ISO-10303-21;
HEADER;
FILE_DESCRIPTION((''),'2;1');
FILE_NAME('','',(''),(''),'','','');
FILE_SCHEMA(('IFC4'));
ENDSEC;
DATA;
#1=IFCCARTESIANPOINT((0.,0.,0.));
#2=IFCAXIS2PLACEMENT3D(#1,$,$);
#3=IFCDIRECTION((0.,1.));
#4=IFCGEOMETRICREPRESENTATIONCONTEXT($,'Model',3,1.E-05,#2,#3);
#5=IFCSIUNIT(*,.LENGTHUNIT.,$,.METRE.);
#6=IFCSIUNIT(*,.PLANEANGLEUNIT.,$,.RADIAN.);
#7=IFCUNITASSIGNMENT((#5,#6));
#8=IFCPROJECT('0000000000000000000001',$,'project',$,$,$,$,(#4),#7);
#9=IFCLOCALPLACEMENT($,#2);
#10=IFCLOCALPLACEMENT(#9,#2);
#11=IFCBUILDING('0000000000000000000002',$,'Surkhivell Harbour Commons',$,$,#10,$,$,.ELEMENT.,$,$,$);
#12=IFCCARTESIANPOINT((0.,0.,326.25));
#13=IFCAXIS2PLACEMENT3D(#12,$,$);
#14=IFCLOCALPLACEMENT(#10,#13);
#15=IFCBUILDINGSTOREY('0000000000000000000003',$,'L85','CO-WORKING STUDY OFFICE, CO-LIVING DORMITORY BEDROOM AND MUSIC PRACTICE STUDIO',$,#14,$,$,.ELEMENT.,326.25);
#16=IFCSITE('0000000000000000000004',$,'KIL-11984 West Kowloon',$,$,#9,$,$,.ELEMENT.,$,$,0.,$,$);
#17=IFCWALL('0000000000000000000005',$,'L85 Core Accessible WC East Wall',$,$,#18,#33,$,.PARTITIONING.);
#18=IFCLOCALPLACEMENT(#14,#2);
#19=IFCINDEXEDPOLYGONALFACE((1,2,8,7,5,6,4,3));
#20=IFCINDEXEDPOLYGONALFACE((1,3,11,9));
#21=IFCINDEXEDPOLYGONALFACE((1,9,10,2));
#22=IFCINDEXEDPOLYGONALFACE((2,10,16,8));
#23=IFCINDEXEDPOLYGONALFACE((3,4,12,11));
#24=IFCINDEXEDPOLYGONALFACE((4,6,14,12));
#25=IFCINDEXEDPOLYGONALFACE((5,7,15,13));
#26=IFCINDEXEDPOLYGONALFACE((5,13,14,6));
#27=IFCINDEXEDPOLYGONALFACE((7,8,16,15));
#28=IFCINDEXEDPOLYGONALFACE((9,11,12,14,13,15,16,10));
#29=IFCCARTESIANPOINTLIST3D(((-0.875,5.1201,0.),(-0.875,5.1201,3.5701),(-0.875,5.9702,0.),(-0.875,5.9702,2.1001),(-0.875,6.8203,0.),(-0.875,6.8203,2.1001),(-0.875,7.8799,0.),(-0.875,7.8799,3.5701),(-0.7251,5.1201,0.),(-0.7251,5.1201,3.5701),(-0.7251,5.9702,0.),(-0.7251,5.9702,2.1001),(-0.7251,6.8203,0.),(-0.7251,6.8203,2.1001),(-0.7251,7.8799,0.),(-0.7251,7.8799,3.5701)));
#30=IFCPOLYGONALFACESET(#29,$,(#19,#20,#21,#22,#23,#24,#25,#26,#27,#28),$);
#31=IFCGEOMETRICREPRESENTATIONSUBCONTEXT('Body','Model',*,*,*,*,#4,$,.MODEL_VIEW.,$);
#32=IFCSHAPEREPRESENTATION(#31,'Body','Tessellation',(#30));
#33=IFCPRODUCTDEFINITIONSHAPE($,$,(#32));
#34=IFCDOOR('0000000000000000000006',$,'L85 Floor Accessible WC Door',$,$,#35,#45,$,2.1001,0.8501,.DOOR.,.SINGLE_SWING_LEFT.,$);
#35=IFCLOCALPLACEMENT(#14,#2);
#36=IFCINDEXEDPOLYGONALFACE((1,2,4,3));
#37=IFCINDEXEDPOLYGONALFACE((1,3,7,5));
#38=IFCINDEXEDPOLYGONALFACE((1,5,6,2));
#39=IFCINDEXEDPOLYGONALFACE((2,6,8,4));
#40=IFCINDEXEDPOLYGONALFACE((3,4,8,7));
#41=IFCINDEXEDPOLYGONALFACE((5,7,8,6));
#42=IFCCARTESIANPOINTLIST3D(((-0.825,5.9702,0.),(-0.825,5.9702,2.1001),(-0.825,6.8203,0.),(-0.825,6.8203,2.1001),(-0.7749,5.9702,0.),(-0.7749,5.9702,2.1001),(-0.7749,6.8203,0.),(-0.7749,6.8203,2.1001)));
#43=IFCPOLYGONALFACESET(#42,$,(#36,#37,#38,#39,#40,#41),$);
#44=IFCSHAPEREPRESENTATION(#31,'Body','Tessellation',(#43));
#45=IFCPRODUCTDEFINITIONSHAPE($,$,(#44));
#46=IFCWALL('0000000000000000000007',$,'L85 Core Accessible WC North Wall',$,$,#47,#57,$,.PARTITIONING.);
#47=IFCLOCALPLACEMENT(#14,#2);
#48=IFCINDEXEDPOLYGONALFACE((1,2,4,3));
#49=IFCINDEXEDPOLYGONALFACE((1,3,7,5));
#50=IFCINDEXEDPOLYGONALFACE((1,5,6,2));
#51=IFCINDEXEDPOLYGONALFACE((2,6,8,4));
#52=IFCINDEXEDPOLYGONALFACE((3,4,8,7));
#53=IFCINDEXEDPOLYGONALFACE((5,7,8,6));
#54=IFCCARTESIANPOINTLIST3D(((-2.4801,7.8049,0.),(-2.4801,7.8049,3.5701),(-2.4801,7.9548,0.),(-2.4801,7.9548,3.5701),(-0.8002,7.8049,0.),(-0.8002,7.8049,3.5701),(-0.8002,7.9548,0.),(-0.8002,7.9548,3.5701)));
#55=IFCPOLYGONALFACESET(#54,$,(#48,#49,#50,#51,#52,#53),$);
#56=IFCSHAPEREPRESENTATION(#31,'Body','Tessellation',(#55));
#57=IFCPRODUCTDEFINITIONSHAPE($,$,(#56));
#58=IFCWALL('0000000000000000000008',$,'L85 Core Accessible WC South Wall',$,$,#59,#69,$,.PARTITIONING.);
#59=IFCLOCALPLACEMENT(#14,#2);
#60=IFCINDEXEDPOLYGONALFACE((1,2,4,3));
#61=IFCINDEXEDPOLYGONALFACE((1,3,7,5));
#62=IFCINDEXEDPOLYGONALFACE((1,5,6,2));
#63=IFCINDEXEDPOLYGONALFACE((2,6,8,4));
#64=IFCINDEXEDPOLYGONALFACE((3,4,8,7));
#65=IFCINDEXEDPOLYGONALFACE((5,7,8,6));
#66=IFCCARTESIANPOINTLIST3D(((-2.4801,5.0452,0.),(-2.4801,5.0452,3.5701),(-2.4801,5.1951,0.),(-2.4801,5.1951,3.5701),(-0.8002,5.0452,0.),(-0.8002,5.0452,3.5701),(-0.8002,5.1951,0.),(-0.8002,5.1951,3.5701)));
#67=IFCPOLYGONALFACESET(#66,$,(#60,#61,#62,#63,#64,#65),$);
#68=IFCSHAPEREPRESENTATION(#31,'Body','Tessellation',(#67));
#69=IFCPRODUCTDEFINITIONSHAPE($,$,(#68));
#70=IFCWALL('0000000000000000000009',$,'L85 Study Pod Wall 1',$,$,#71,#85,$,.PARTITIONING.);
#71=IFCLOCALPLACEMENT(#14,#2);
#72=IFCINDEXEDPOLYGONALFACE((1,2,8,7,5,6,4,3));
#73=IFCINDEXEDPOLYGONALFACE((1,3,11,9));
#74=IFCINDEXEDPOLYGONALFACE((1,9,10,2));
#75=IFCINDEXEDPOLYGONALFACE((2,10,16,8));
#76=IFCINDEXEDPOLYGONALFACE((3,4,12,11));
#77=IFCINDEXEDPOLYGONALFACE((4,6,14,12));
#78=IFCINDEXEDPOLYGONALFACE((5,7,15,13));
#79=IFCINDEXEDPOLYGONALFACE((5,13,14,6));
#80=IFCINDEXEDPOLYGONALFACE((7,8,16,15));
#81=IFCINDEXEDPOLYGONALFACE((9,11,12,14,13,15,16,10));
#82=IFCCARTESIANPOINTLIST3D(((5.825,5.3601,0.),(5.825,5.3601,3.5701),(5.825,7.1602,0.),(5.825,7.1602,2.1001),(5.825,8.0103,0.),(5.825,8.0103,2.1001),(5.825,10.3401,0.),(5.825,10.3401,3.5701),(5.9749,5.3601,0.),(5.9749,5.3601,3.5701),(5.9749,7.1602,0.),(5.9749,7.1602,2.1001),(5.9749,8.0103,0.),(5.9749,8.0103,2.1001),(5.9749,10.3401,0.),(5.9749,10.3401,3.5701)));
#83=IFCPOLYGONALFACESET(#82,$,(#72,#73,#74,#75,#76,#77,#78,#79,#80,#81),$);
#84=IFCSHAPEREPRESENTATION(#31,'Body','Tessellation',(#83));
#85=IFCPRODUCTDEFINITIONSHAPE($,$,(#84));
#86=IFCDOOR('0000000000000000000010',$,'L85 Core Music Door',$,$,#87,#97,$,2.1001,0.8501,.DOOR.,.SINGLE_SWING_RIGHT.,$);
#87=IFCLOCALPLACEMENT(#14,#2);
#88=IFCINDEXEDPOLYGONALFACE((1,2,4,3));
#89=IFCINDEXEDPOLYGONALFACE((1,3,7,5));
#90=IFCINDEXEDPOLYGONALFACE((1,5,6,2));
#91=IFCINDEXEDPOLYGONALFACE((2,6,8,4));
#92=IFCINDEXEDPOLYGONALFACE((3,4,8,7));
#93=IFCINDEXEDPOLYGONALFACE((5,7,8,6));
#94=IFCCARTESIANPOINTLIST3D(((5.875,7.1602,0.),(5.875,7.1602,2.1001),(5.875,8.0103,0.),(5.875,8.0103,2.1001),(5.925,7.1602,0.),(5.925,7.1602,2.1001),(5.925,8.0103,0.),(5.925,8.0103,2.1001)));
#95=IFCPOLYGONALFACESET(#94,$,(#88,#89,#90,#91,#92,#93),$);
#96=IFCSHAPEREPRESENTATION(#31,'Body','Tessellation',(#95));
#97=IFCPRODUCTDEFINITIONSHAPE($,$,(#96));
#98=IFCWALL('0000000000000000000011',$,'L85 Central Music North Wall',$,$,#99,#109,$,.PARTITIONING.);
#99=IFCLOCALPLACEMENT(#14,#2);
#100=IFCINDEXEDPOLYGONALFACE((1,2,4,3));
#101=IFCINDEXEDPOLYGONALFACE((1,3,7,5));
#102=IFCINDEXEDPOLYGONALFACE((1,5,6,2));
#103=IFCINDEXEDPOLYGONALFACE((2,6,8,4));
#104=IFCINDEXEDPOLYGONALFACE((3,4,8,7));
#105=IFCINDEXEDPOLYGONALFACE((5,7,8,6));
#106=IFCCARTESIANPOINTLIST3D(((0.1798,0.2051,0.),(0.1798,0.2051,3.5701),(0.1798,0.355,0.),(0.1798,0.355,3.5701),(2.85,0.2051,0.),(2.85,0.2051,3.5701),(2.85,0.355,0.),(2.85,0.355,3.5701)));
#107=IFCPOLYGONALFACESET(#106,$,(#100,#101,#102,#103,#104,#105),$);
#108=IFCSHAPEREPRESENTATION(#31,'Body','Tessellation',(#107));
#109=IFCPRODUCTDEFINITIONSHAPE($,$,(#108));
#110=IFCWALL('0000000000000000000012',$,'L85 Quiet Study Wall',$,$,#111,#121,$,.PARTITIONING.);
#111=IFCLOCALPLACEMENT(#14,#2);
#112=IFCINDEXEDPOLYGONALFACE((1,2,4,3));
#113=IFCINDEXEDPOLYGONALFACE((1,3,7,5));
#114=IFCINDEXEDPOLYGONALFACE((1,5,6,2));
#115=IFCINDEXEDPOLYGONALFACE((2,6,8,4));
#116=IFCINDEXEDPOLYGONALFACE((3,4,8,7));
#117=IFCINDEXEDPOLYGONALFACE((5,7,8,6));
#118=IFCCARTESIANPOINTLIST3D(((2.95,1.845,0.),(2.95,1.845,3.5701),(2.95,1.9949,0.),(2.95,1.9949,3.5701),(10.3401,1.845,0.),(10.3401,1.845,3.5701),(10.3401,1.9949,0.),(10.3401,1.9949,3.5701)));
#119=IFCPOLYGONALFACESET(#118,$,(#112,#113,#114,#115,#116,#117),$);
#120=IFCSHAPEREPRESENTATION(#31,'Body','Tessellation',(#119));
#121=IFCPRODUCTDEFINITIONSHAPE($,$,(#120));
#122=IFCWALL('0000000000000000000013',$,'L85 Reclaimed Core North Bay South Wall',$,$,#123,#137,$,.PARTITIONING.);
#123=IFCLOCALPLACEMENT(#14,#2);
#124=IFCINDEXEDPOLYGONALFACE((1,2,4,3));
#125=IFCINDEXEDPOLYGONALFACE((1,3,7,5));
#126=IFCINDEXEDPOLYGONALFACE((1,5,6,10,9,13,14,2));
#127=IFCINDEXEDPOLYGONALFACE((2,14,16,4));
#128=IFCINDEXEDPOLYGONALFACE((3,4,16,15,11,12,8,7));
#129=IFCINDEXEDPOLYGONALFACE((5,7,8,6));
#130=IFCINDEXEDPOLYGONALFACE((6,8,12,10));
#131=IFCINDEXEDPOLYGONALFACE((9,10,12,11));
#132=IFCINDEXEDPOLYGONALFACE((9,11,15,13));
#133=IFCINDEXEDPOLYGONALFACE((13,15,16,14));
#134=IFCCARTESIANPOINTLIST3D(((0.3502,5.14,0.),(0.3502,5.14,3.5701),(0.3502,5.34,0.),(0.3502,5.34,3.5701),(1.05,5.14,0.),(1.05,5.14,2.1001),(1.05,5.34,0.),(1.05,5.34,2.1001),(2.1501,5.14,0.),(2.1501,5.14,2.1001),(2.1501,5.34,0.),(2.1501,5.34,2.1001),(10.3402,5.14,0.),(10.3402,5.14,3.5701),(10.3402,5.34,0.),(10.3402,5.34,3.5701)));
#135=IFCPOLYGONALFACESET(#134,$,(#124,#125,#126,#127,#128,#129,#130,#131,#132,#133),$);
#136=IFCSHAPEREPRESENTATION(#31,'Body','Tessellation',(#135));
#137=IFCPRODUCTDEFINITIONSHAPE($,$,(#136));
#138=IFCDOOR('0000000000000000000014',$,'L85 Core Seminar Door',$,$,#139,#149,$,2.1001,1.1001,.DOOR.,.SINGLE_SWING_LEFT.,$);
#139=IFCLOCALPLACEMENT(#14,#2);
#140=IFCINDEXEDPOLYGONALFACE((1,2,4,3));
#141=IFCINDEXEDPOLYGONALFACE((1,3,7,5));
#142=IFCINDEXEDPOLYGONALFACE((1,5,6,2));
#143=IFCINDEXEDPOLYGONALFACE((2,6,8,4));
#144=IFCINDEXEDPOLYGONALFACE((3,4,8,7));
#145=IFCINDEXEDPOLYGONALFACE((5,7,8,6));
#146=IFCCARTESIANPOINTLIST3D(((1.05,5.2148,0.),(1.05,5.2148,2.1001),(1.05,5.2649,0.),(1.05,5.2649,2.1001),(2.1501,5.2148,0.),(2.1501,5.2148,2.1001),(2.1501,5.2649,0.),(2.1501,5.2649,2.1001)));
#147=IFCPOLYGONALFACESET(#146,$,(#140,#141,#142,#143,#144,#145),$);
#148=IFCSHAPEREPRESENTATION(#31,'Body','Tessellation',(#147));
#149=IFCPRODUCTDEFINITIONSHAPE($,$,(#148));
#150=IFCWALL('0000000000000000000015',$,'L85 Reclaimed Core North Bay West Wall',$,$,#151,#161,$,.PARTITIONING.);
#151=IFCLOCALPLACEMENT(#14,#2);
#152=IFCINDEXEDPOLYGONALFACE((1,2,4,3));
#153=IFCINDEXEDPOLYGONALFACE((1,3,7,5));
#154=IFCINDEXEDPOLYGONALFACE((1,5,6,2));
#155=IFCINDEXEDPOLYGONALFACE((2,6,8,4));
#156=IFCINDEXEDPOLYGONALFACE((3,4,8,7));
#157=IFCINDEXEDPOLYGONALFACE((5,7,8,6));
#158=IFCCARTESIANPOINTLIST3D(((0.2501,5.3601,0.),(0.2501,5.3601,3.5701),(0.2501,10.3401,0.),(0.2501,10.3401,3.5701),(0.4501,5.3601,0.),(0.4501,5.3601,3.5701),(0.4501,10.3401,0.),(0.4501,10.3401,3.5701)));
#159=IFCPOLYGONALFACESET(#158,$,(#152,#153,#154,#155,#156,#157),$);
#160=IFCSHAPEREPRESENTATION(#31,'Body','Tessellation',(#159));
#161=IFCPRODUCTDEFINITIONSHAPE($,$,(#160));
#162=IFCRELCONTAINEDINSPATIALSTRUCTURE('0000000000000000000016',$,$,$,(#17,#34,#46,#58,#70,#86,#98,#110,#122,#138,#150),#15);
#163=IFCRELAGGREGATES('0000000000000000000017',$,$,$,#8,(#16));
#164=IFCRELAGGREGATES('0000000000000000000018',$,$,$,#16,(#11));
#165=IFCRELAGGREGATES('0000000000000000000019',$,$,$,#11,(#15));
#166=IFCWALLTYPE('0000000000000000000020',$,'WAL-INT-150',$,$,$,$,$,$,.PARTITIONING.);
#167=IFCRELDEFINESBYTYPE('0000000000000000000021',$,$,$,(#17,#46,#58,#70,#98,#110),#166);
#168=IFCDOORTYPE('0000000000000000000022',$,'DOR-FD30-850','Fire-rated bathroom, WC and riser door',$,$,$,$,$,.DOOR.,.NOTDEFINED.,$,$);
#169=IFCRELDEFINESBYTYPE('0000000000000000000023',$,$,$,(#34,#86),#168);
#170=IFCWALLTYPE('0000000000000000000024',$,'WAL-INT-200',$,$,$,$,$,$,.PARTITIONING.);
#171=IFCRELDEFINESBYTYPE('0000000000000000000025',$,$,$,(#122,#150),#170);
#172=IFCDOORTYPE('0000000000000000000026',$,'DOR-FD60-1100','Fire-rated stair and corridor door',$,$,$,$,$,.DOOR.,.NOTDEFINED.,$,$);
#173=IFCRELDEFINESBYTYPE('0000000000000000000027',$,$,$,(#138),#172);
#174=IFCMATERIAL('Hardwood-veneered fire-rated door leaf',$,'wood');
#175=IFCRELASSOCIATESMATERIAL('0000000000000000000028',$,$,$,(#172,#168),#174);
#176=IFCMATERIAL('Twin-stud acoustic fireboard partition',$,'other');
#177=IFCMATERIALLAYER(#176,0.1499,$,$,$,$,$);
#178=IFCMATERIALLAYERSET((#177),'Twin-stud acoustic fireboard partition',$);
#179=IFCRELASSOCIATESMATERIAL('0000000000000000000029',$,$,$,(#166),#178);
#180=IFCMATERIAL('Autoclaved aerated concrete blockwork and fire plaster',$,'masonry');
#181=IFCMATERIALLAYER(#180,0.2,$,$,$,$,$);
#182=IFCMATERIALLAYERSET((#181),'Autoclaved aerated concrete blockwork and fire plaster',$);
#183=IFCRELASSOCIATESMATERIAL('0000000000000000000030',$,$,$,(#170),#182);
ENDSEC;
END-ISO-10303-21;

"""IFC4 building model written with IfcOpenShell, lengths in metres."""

from ifc_helpers import new_model, si_unit, direction, frame, frame_2d, origin, place, context, subcontext, project, spatial, rectangle, extrude, material, layer, layer_set, type_object, element, fill, save


model = new_model("IFC4")

# Units and contexts
model_context = context("Model", 3, precision=1e-05, world=origin(), true_north=direction((0.0, 1.0)))
body_context = subcontext(model_context, "Body", "Model", "MODEL_VIEW")
ifc_project = project(units=[si_unit("LENGTHUNIT", "METRE"), si_unit("PLANEANGLEUNIT", "RADIAN")], contexts=[model_context])

# Site, building, storey
site_placement = place(None, origin())
site = spatial("IfcSite", under=ifc_project, at=site_placement, Name="KIL-11984 West Kowloon", CompositionType="ELEMENT", RefElevation=0.0)
building_placement = place(site_placement, origin())
building = spatial("IfcBuilding", under=site, at=building_placement, Name="Surkhivell Harbour Commons", CompositionType="ELEMENT")
storey_placement = place(building_placement, frame((0.0, 0.0, 326.25)))
storey = spatial("IfcBuildingStorey", under=building, at=storey_placement, Name="L85", Description="CO-WORKING STUDY OFFICE, CO-LIVING DORMITORY BEDROOM AND MUSIC PRACTICE STUDIO", CompositionType="ELEMENT", Elevation=326.25)

# Shared definitions
ifc_material_1 = material(Name="Hardwood-veneered fire-rated door leaf", Category="wood")
door_type_1 = type_object("IfcDoorType", Name="DOR-FD60-1100", Description="Fire-rated stair and corridor door", OperationType="NOTDEFINED", PredefinedType="DOOR", material=ifc_material_1)

# Wall, opening, door
ifc_material_2 = material(Name="Twin-stud acoustic fireboard partition", Category="other")
ifc_layer_1 = layer(ifc_material_2, 0.1499)
ifc_layer_set_1 = layer_set([ifc_layer_1], Name="Twin-stud acoustic fireboard partition")
wall_type_1 = type_object("IfcWallType", Name="WAL-INT-150", PredefinedType="PARTITIONING", material=ifc_layer_set_1)
wall_1_placement = place(storey_placement, frame((-0.8, 5.1201, 0.0), z_axis=(0.0, 0.0, 1.0), x_axis=(0.0, 1.0, 0.0)))
wall_1 = element("IfcWall", 1, at=wall_1_placement, inside=storey, type_object=wall_type_1, Name="L85 Core Accessible WC East Wall", PredefinedType="PARTITIONING", context=body_context, shape_type="SweptSolid", body=[
    extrude(rectangle(XDim=2.7598, YDim=0.1499, at=frame_2d((1.3799, 0.0))), origin(), (0.0, 0.0, 1.0), 3.5701),
])
opening_1_placement = place(wall_1_placement, frame((0.8501, 0.0, 0.0)))
opening_1 = element("IfcOpeningElement", 2, at=opening_1_placement, cuts=wall_1, PredefinedType="OPENING", context=body_context, shape_type="SweptSolid", body=[
    extrude(rectangle(XDim=0.8501, YDim=2.1001, at=frame_2d((0.425, 1.05))), frame((0.0, 0.085, 0.0), z_axis=(0.0, -1.0, 0.0), x_axis=(1.0, 0.0, 0.0)), (0.0, 0.0, 1.0), 0.1699),
])
door_type_2 = type_object("IfcDoorType", Name="DOR-FD30-850", Description="Fire-rated bathroom, WC and riser door", OperationType="NOTDEFINED", PredefinedType="DOOR", material=ifc_material_1)
door_1_placement = place(opening_1_placement, origin())
door_1 = element("IfcDoor", 3, at=door_1_placement, inside=storey, type_object=door_type_2, Name="L85 Floor Accessible WC Door", OperationType="SINGLE_SWING_LEFT", OverallHeight=2.1001, OverallWidth=0.8501, PredefinedType="DOOR", context=body_context, shape_type="SweptSolid", body=[
    extrude(rectangle(XDim=0.8501, YDim=2.1001, at=frame_2d((0.425, 1.05))), frame((0.0, 0.0249, 0.0), z_axis=(0.0, -1.0, 0.0), x_axis=(1.0, 0.0, 0.0)), (0.0, 0.0, 1.0), 0.05),
])
fill(opening_1, door_1)

# Walls
for number, where, z_axis, x_axis, name in (
    (4, (-2.48, 7.8799, 0.0), (0.0, 0.0, 1.0), (1.0, 0.0, 0.0), "L85 Core Accessible WC North Wall"),
    (5, (-2.48, 5.1201, 0.0), (0.0, 0.0, 1.0), (1.0, 0.0, 0.0), "L85 Core Accessible WC South Wall"),
):
    element("IfcWall", number, at=place(storey_placement, frame(where, z_axis=z_axis, x_axis=x_axis)), inside=storey, type_object=wall_type_1, Name=name, PredefinedType="PARTITIONING", context=body_context, shape_type="SweptSolid", body=[
        extrude(rectangle(XDim=1.6799, YDim=0.1499, at=frame_2d((0.8398, 0.0))), origin(), (0.0, 0.0, 1.0), 3.5701),
    ])

# Wall, opening, door
wall_2_placement = place(storey_placement, frame((5.8999, 5.3601, 0.0), z_axis=(0.0, 0.0, 1.0), x_axis=(0.0, 1.0, 0.0)))
wall_2 = element("IfcWall", 6, at=wall_2_placement, inside=storey, type_object=wall_type_1, Name="L85 Study Pod Wall 1", PredefinedType="PARTITIONING", context=body_context, shape_type="SweptSolid", body=[
    extrude(rectangle(XDim=4.98, YDim=0.1499, at=frame_2d((2.49, 0.0))), origin(), (0.0, 0.0, 1.0), 3.5701),
])
opening_2_placement = place(wall_2_placement, frame((1.8, 0.0, 0.0)))
opening_2 = element("IfcOpeningElement", 7, at=opening_2_placement, cuts=wall_2, PredefinedType="OPENING", context=body_context, shape_type="SweptSolid", body=[
    extrude(rectangle(XDim=0.8501, YDim=2.1001, at=frame_2d((0.425, 1.05))), frame((0.0, 0.085, 0.0), z_axis=(0.0, -1.0, 0.0), x_axis=(1.0, 0.0, 0.0)), (0.0, 0.0, 1.0), 0.1699),
])
door_2_placement = place(opening_2_placement, origin())
door_2 = element("IfcDoor", 8, at=door_2_placement, inside=storey, type_object=door_type_2, Name="L85 Core Music Door", OperationType="SINGLE_SWING_RIGHT", OverallHeight=2.1001, OverallWidth=0.8501, PredefinedType="DOOR", context=body_context, shape_type="SweptSolid", body=[
    extrude(rectangle(XDim=0.8501, YDim=2.1001, at=frame_2d((0.425, 1.05))), frame((0.0, 0.0249, 0.0), z_axis=(0.0, -1.0, 0.0), x_axis=(1.0, 0.0, 0.0)), (0.0, 0.0, 1.0), 0.05),
])
fill(opening_2, door_2)

# Walls
wall_3_placement = place(storey_placement, frame((0.1799, 0.28, 0.0), z_axis=(0.0, 0.0, 1.0), x_axis=(1.0, 0.0, 0.0)))
element("IfcWall", 9, at=wall_3_placement, inside=storey, type_object=wall_type_1, Name="L85 Central Music North Wall", PredefinedType="PARTITIONING", context=body_context, shape_type="SweptSolid", body=[
    extrude(rectangle(XDim=2.6702, YDim=0.1499, at=frame_2d((1.335, 0.0))), origin(), (0.0, 0.0, 1.0), 3.5701),
])
wall_4_placement = place(storey_placement, frame((2.95, 1.9199, 0.0), z_axis=(0.0, 0.0, 1.0), x_axis=(1.0, 0.0, 0.0)))
element("IfcWall", 10, at=wall_4_placement, inside=storey, type_object=wall_type_1, Name="L85 Quiet Study Wall", PredefinedType="PARTITIONING", context=body_context, shape_type="SweptSolid", body=[
    extrude(rectangle(XDim=7.3901, YDim=0.1499, at=frame_2d((3.6951, 0.0))), origin(), (0.0, 0.0, 1.0), 3.5701),
])

# Wall, opening, door
ifc_material_3 = material(Name="Autoclaved aerated concrete blockwork and fire plaster", Category="masonry")
ifc_layer_2 = layer(ifc_material_3, 0.2)
ifc_layer_set_2 = layer_set([ifc_layer_2], Name="Autoclaved aerated concrete blockwork and fire plaster")
wall_type_2 = type_object("IfcWallType", Name="WAL-INT-200", PredefinedType="PARTITIONING", material=ifc_layer_set_2)
wall_5_placement = place(storey_placement, frame((0.3501, 5.24, 0.0), z_axis=(0.0, 0.0, 1.0), x_axis=(1.0, 0.0, 0.0)))
wall_5 = element("IfcWall", 11, at=wall_5_placement, inside=storey, type_object=wall_type_2, Name="L85 Reclaimed Core North Bay South Wall", PredefinedType="PARTITIONING", context=body_context, shape_type="SweptSolid", body=[
    extrude(rectangle(XDim=9.99, YDim=0.2, at=frame_2d((4.9951, 0.0))), origin(), (0.0, 0.0, 1.0), 3.5701),
])
opening_3_placement = place(wall_5_placement, frame((0.7, 0.0, 0.0)))
opening_3 = element("IfcOpeningElement", 12, at=opening_3_placement, cuts=wall_5, PredefinedType="OPENING", context=body_context, shape_type="SweptSolid", body=[
    extrude(rectangle(XDim=1.1001, YDim=2.1001, at=frame_2d((0.55, 1.05))), frame((0.0, 0.1099, 0.0), z_axis=(0.0, -1.0, 0.0), x_axis=(1.0, 0.0, 0.0)), (0.0, 0.0, 1.0), 0.22),
])
door_3_placement = place(opening_3_placement, origin())
door_3 = element("IfcDoor", 13, at=door_3_placement, inside=storey, type_object=door_type_1, Name="L85 Core Seminar Door", OperationType="SINGLE_SWING_LEFT", OverallHeight=2.1001, OverallWidth=1.1001, PredefinedType="DOOR", context=body_context, shape_type="SweptSolid", body=[
    extrude(rectangle(XDim=1.1001, YDim=2.1001, at=frame_2d((0.55, 1.05))), frame((0.0, 0.0249, 0.0), z_axis=(0.0, -1.0, 0.0), x_axis=(1.0, 0.0, 0.0)), (0.0, 0.0, 1.0), 0.05),
])
fill(opening_3, door_3)

# Wall
wall_6_placement = place(storey_placement, frame((0.3501, 5.3601, 0.0), z_axis=(0.0, 0.0, 1.0), x_axis=(0.0, 1.0, 0.0)))
element("IfcWall", 14, at=wall_6_placement, inside=storey, type_object=wall_type_2, Name="L85 Reclaimed Core North Bay West Wall", PredefinedType="PARTITIONING", context=body_context, shape_type="SweptSolid", body=[
    extrude(rectangle(XDim=4.98, YDim=0.2, at=frame_2d((2.49, 0.0))), origin(), (0.0, 0.0, 1.0), 3.5701),
])

save(model, "model.ifc")
